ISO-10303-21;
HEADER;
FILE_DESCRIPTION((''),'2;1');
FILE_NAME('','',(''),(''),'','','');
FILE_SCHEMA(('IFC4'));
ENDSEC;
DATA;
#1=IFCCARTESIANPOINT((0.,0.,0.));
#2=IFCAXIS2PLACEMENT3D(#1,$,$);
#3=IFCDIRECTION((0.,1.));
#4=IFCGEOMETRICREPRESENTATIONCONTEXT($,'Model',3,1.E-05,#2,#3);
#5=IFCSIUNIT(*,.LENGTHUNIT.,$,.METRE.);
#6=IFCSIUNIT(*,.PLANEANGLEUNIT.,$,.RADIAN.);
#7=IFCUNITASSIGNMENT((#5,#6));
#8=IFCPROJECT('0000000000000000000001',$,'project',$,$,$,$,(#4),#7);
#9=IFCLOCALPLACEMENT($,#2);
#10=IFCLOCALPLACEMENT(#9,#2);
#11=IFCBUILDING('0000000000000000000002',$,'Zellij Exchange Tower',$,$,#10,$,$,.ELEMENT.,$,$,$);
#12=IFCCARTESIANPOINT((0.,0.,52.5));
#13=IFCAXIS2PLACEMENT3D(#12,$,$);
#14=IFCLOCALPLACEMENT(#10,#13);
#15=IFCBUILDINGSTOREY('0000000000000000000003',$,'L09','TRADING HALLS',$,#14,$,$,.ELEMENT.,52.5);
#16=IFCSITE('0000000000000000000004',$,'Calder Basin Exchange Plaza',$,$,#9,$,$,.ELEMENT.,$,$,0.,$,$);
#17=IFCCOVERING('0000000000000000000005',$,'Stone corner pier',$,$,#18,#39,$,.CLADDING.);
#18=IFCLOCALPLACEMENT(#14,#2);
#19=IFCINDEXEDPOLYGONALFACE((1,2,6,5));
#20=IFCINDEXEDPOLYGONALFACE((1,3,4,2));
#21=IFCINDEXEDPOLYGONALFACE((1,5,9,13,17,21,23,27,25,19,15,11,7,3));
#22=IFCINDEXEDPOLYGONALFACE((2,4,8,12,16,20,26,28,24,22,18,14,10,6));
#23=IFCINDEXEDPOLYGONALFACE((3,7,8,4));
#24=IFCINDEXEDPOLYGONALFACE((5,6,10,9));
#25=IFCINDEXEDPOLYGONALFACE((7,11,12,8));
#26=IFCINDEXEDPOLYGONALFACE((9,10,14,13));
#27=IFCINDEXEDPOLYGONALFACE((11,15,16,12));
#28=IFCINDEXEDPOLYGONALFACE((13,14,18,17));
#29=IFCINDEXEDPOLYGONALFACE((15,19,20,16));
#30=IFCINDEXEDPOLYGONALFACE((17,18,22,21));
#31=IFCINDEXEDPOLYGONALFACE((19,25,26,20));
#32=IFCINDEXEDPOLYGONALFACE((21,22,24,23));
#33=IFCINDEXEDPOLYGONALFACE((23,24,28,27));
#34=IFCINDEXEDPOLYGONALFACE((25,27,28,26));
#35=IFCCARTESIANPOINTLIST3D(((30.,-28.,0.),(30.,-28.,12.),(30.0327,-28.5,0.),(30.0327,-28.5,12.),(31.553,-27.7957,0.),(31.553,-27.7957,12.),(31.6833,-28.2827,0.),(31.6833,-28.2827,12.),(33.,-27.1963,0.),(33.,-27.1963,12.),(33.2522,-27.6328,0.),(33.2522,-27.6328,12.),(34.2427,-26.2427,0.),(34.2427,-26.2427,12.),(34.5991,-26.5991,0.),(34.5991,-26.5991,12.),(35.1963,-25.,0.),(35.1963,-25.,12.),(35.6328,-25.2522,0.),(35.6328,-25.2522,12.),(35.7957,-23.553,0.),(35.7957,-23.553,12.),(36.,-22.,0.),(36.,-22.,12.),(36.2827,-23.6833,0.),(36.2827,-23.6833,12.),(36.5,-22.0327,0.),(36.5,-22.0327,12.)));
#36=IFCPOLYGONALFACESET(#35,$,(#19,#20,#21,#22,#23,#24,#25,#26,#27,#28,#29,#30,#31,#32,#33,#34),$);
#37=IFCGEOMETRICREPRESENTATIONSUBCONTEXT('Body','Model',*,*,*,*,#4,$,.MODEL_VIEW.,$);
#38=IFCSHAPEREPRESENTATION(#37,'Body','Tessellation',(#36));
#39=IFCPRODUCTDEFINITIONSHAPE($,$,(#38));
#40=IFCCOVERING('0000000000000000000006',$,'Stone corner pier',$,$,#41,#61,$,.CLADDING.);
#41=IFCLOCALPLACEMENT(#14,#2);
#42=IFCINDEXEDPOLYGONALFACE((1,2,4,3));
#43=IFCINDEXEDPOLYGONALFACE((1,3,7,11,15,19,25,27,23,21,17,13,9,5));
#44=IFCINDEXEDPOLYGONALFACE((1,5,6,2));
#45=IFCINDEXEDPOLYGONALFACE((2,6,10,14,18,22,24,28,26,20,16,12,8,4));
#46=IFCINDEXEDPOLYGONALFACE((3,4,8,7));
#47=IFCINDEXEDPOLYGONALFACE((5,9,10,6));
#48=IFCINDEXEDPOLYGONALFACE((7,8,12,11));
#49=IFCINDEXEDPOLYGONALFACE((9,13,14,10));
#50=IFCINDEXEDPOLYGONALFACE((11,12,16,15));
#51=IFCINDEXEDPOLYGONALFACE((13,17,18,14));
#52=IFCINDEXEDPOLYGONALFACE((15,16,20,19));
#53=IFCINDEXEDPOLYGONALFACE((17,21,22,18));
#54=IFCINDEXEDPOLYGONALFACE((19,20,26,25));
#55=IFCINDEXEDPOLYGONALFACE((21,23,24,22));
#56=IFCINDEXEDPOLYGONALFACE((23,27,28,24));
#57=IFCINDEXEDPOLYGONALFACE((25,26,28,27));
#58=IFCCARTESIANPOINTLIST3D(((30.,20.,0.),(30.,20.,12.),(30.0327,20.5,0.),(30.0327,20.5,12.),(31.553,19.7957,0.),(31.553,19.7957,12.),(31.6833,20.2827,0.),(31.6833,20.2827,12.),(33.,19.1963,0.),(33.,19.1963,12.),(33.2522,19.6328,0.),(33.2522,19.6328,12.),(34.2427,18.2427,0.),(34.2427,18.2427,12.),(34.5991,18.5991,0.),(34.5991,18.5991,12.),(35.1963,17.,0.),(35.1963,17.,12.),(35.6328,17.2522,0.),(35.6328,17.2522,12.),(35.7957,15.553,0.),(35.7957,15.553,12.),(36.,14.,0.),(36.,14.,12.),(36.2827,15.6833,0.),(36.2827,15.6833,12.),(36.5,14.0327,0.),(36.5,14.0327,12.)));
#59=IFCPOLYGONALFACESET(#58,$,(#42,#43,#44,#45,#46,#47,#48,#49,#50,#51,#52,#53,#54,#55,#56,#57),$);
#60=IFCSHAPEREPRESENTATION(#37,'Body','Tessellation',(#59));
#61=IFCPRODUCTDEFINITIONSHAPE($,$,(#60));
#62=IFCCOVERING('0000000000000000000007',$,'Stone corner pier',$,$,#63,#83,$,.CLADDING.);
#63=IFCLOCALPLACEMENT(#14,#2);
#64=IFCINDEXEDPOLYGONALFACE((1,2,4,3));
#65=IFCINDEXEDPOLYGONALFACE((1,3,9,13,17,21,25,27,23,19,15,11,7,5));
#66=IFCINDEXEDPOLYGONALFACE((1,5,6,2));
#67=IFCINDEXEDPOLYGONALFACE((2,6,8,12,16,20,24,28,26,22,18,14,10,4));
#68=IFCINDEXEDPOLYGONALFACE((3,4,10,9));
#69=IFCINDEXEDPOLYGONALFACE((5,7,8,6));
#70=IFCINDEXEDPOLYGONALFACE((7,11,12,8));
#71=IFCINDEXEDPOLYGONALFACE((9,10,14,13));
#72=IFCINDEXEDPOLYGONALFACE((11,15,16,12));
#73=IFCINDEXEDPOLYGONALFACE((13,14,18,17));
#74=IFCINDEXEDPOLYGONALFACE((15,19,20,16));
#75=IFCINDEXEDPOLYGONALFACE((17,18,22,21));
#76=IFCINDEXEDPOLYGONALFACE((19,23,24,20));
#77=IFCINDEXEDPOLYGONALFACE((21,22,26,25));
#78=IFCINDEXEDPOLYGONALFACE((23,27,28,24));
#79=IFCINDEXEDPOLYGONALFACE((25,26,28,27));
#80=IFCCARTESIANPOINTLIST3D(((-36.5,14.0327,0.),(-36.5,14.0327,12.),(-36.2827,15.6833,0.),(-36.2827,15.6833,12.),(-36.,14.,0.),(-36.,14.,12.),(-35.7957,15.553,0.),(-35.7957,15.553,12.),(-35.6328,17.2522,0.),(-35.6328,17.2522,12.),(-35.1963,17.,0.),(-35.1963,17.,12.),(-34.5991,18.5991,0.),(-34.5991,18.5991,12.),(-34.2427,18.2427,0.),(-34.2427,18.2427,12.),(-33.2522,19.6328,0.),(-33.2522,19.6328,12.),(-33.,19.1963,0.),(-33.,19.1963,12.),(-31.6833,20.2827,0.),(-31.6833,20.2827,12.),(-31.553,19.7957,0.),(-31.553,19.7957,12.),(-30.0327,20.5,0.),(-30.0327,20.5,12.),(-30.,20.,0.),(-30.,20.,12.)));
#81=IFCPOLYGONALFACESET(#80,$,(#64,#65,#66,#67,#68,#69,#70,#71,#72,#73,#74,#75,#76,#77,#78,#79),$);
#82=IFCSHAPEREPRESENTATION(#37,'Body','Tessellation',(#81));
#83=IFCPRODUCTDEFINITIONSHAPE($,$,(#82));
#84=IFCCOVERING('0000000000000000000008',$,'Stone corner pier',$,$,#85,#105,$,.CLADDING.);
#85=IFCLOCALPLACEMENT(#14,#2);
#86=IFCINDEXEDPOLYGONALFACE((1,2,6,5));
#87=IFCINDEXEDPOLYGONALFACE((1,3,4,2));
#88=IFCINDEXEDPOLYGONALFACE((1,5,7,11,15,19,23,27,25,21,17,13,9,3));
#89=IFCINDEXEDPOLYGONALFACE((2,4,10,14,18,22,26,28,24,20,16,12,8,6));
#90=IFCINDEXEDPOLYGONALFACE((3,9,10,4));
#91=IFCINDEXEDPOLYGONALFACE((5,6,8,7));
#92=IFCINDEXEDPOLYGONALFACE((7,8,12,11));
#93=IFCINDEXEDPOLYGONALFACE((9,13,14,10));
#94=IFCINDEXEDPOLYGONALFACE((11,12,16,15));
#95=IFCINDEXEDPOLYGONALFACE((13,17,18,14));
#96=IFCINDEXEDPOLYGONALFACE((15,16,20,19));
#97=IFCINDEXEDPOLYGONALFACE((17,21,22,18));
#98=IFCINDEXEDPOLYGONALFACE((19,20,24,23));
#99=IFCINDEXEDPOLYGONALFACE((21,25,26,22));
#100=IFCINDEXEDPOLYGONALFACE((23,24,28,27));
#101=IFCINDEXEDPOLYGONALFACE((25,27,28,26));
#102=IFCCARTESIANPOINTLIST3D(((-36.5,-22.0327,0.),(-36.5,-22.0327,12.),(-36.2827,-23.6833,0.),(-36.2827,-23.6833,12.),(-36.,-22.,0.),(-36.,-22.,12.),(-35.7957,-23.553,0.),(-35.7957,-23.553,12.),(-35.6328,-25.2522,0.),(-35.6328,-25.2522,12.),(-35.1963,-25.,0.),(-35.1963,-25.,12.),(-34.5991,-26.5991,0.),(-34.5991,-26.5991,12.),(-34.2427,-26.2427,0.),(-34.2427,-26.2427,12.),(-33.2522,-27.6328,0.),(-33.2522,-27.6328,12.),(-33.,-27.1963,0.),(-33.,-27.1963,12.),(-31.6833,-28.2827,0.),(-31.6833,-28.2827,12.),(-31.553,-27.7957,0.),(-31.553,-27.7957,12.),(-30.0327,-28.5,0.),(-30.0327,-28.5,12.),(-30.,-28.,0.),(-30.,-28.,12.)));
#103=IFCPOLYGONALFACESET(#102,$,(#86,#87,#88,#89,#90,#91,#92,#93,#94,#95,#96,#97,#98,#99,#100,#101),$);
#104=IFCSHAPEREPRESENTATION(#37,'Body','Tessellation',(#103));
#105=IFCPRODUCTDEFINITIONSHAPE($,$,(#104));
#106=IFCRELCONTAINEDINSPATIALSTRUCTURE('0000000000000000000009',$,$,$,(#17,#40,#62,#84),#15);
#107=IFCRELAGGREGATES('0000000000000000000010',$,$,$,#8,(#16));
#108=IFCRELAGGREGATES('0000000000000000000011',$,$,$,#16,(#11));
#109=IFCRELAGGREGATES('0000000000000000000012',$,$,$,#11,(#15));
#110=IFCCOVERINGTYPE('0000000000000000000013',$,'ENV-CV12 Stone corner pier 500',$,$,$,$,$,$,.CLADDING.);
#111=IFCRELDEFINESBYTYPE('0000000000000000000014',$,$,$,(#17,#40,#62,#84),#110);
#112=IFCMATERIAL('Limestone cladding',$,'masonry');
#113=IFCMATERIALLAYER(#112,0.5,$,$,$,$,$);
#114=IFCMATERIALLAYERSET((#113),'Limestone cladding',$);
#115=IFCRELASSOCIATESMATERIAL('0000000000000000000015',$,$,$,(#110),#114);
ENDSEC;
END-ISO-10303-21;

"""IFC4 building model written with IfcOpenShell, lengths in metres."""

from ifc_helpers import new_model, si_unit, direction, frame, origin, place, context, subcontext, project, spatial, polyline, outline, extrude, material, layer, layer_set, type_object, element, save


model = new_model("IFC4")

# Units and contexts
model_context = context("Model", 3, precision=1e-05, world=origin(), true_north=direction((0.0, 1.0)))
body_context = subcontext(model_context, "Body", "Model", "MODEL_VIEW")
ifc_project = project(units=[si_unit("LENGTHUNIT", "METRE"), si_unit("PLANEANGLEUNIT", "RADIAN")], contexts=[model_context])

# Site, building, storey
site_placement = place(None, origin())
site = spatial("IfcSite", under=ifc_project, at=site_placement, Name="Calder Basin Exchange Plaza", CompositionType="ELEMENT", RefElevation=0.0)
building_placement = place(site_placement, origin())
building = spatial("IfcBuilding", under=site, at=building_placement, Name="Zellij Exchange Tower", CompositionType="ELEMENT")
storey_placement = place(building_placement, frame((0.0, 0.0, 52.5)))
storey = spatial("IfcBuildingStorey", under=building, at=storey_placement, Name="L09", Description="TRADING HALLS", CompositionType="ELEMENT", Elevation=52.5)

# Coverings
ifc_material_1 = material(Name="Limestone cladding", Category="masonry")
ifc_layer_1 = layer(ifc_material_1, 0.5)
ifc_layer_set_1 = layer_set([ifc_layer_1], Name="Limestone cladding")
covering_type_1 = type_object("IfcCoveringType", Name="ENV-CV12 Stone corner pier 500", PredefinedType="CLADDING", material=ifc_layer_set_1)
covering_1_placement = place(storey_placement, origin())
element("IfcCovering", 1, at=covering_1_placement, inside=storey, type_object=covering_type_1, Name="Stone corner pier", PredefinedType="CLADDING", context=body_context, shape_type="SweptSolid", body=[
    extrude(outline(polyline([(30.0, -28.0), (31.553, -27.7957), (33.0, -27.1963), (34.2427, -26.2427), (35.1963, -25.0), (35.7957, -23.553), (36.0, -22.0), (36.5, -22.0327), (36.2827, -23.6833), (35.6328, -25.2522), (34.5991, -26.5991), (33.2522, -27.6328), (31.6833, -28.2827), (30.0327, -28.5), (30.0, -28.0)])), origin(), (0.0, 0.0, 1.0), 12.0),
])
covering_2_placement = place(storey_placement, origin())
element("IfcCovering", 2, at=covering_2_placement, inside=storey, type_object=covering_type_1, Name="Stone corner pier", PredefinedType="CLADDING", context=body_context, shape_type="SweptSolid", body=[
    extrude(outline(polyline([(36.0, 14.0), (35.7957, 15.553), (35.1963, 17.0), (34.2427, 18.2427), (33.0, 19.1963), (31.553, 19.7957), (30.0, 20.0), (30.0327, 20.5), (31.6833, 20.2827), (33.2522, 19.6328), (34.5991, 18.5991), (35.6328, 17.2522), (36.2827, 15.6833), (36.5, 14.0327), (36.0, 14.0)])), origin(), (0.0, 0.0, 1.0), 12.0),
])
covering_3_placement = place(storey_placement, origin())
element("IfcCovering", 3, at=covering_3_placement, inside=storey, type_object=covering_type_1, Name="Stone corner pier", PredefinedType="CLADDING", context=body_context, shape_type="SweptSolid", body=[
    extrude(outline(polyline([(-30.0, 20.0), (-31.553, 19.7957), (-33.0, 19.1963), (-34.2427, 18.2427), (-35.1963, 17.0), (-35.7957, 15.553), (-36.0, 14.0), (-36.5, 14.0327), (-36.2827, 15.6833), (-35.6328, 17.2522), (-34.5991, 18.5991), (-33.2522, 19.6328), (-31.6833, 20.2827), (-30.0327, 20.5), (-30.0, 20.0)])), origin(), (0.0, 0.0, 1.0), 12.0),
])
covering_4_placement = place(storey_placement, origin())
element("IfcCovering", 4, at=covering_4_placement, inside=storey, type_object=covering_type_1, Name="Stone corner pier", PredefinedType="CLADDING", context=body_context, shape_type="SweptSolid", body=[
    extrude(outline(polyline([(-36.0, -22.0), (-35.7957, -23.553), (-35.1963, -25.0), (-34.2427, -26.2427), (-33.0, -27.1963), (-31.553, -27.7957), (-30.0, -28.0), (-30.0327, -28.5), (-31.6833, -28.2827), (-33.2522, -27.6328), (-34.5991, -26.5991), (-35.6328, -25.2522), (-36.2827, -23.6833), (-36.5, -22.0327), (-36.0, -22.0)])), origin(), (0.0, 0.0, 1.0), 12.0),
])

save(model, "model.ifc")
